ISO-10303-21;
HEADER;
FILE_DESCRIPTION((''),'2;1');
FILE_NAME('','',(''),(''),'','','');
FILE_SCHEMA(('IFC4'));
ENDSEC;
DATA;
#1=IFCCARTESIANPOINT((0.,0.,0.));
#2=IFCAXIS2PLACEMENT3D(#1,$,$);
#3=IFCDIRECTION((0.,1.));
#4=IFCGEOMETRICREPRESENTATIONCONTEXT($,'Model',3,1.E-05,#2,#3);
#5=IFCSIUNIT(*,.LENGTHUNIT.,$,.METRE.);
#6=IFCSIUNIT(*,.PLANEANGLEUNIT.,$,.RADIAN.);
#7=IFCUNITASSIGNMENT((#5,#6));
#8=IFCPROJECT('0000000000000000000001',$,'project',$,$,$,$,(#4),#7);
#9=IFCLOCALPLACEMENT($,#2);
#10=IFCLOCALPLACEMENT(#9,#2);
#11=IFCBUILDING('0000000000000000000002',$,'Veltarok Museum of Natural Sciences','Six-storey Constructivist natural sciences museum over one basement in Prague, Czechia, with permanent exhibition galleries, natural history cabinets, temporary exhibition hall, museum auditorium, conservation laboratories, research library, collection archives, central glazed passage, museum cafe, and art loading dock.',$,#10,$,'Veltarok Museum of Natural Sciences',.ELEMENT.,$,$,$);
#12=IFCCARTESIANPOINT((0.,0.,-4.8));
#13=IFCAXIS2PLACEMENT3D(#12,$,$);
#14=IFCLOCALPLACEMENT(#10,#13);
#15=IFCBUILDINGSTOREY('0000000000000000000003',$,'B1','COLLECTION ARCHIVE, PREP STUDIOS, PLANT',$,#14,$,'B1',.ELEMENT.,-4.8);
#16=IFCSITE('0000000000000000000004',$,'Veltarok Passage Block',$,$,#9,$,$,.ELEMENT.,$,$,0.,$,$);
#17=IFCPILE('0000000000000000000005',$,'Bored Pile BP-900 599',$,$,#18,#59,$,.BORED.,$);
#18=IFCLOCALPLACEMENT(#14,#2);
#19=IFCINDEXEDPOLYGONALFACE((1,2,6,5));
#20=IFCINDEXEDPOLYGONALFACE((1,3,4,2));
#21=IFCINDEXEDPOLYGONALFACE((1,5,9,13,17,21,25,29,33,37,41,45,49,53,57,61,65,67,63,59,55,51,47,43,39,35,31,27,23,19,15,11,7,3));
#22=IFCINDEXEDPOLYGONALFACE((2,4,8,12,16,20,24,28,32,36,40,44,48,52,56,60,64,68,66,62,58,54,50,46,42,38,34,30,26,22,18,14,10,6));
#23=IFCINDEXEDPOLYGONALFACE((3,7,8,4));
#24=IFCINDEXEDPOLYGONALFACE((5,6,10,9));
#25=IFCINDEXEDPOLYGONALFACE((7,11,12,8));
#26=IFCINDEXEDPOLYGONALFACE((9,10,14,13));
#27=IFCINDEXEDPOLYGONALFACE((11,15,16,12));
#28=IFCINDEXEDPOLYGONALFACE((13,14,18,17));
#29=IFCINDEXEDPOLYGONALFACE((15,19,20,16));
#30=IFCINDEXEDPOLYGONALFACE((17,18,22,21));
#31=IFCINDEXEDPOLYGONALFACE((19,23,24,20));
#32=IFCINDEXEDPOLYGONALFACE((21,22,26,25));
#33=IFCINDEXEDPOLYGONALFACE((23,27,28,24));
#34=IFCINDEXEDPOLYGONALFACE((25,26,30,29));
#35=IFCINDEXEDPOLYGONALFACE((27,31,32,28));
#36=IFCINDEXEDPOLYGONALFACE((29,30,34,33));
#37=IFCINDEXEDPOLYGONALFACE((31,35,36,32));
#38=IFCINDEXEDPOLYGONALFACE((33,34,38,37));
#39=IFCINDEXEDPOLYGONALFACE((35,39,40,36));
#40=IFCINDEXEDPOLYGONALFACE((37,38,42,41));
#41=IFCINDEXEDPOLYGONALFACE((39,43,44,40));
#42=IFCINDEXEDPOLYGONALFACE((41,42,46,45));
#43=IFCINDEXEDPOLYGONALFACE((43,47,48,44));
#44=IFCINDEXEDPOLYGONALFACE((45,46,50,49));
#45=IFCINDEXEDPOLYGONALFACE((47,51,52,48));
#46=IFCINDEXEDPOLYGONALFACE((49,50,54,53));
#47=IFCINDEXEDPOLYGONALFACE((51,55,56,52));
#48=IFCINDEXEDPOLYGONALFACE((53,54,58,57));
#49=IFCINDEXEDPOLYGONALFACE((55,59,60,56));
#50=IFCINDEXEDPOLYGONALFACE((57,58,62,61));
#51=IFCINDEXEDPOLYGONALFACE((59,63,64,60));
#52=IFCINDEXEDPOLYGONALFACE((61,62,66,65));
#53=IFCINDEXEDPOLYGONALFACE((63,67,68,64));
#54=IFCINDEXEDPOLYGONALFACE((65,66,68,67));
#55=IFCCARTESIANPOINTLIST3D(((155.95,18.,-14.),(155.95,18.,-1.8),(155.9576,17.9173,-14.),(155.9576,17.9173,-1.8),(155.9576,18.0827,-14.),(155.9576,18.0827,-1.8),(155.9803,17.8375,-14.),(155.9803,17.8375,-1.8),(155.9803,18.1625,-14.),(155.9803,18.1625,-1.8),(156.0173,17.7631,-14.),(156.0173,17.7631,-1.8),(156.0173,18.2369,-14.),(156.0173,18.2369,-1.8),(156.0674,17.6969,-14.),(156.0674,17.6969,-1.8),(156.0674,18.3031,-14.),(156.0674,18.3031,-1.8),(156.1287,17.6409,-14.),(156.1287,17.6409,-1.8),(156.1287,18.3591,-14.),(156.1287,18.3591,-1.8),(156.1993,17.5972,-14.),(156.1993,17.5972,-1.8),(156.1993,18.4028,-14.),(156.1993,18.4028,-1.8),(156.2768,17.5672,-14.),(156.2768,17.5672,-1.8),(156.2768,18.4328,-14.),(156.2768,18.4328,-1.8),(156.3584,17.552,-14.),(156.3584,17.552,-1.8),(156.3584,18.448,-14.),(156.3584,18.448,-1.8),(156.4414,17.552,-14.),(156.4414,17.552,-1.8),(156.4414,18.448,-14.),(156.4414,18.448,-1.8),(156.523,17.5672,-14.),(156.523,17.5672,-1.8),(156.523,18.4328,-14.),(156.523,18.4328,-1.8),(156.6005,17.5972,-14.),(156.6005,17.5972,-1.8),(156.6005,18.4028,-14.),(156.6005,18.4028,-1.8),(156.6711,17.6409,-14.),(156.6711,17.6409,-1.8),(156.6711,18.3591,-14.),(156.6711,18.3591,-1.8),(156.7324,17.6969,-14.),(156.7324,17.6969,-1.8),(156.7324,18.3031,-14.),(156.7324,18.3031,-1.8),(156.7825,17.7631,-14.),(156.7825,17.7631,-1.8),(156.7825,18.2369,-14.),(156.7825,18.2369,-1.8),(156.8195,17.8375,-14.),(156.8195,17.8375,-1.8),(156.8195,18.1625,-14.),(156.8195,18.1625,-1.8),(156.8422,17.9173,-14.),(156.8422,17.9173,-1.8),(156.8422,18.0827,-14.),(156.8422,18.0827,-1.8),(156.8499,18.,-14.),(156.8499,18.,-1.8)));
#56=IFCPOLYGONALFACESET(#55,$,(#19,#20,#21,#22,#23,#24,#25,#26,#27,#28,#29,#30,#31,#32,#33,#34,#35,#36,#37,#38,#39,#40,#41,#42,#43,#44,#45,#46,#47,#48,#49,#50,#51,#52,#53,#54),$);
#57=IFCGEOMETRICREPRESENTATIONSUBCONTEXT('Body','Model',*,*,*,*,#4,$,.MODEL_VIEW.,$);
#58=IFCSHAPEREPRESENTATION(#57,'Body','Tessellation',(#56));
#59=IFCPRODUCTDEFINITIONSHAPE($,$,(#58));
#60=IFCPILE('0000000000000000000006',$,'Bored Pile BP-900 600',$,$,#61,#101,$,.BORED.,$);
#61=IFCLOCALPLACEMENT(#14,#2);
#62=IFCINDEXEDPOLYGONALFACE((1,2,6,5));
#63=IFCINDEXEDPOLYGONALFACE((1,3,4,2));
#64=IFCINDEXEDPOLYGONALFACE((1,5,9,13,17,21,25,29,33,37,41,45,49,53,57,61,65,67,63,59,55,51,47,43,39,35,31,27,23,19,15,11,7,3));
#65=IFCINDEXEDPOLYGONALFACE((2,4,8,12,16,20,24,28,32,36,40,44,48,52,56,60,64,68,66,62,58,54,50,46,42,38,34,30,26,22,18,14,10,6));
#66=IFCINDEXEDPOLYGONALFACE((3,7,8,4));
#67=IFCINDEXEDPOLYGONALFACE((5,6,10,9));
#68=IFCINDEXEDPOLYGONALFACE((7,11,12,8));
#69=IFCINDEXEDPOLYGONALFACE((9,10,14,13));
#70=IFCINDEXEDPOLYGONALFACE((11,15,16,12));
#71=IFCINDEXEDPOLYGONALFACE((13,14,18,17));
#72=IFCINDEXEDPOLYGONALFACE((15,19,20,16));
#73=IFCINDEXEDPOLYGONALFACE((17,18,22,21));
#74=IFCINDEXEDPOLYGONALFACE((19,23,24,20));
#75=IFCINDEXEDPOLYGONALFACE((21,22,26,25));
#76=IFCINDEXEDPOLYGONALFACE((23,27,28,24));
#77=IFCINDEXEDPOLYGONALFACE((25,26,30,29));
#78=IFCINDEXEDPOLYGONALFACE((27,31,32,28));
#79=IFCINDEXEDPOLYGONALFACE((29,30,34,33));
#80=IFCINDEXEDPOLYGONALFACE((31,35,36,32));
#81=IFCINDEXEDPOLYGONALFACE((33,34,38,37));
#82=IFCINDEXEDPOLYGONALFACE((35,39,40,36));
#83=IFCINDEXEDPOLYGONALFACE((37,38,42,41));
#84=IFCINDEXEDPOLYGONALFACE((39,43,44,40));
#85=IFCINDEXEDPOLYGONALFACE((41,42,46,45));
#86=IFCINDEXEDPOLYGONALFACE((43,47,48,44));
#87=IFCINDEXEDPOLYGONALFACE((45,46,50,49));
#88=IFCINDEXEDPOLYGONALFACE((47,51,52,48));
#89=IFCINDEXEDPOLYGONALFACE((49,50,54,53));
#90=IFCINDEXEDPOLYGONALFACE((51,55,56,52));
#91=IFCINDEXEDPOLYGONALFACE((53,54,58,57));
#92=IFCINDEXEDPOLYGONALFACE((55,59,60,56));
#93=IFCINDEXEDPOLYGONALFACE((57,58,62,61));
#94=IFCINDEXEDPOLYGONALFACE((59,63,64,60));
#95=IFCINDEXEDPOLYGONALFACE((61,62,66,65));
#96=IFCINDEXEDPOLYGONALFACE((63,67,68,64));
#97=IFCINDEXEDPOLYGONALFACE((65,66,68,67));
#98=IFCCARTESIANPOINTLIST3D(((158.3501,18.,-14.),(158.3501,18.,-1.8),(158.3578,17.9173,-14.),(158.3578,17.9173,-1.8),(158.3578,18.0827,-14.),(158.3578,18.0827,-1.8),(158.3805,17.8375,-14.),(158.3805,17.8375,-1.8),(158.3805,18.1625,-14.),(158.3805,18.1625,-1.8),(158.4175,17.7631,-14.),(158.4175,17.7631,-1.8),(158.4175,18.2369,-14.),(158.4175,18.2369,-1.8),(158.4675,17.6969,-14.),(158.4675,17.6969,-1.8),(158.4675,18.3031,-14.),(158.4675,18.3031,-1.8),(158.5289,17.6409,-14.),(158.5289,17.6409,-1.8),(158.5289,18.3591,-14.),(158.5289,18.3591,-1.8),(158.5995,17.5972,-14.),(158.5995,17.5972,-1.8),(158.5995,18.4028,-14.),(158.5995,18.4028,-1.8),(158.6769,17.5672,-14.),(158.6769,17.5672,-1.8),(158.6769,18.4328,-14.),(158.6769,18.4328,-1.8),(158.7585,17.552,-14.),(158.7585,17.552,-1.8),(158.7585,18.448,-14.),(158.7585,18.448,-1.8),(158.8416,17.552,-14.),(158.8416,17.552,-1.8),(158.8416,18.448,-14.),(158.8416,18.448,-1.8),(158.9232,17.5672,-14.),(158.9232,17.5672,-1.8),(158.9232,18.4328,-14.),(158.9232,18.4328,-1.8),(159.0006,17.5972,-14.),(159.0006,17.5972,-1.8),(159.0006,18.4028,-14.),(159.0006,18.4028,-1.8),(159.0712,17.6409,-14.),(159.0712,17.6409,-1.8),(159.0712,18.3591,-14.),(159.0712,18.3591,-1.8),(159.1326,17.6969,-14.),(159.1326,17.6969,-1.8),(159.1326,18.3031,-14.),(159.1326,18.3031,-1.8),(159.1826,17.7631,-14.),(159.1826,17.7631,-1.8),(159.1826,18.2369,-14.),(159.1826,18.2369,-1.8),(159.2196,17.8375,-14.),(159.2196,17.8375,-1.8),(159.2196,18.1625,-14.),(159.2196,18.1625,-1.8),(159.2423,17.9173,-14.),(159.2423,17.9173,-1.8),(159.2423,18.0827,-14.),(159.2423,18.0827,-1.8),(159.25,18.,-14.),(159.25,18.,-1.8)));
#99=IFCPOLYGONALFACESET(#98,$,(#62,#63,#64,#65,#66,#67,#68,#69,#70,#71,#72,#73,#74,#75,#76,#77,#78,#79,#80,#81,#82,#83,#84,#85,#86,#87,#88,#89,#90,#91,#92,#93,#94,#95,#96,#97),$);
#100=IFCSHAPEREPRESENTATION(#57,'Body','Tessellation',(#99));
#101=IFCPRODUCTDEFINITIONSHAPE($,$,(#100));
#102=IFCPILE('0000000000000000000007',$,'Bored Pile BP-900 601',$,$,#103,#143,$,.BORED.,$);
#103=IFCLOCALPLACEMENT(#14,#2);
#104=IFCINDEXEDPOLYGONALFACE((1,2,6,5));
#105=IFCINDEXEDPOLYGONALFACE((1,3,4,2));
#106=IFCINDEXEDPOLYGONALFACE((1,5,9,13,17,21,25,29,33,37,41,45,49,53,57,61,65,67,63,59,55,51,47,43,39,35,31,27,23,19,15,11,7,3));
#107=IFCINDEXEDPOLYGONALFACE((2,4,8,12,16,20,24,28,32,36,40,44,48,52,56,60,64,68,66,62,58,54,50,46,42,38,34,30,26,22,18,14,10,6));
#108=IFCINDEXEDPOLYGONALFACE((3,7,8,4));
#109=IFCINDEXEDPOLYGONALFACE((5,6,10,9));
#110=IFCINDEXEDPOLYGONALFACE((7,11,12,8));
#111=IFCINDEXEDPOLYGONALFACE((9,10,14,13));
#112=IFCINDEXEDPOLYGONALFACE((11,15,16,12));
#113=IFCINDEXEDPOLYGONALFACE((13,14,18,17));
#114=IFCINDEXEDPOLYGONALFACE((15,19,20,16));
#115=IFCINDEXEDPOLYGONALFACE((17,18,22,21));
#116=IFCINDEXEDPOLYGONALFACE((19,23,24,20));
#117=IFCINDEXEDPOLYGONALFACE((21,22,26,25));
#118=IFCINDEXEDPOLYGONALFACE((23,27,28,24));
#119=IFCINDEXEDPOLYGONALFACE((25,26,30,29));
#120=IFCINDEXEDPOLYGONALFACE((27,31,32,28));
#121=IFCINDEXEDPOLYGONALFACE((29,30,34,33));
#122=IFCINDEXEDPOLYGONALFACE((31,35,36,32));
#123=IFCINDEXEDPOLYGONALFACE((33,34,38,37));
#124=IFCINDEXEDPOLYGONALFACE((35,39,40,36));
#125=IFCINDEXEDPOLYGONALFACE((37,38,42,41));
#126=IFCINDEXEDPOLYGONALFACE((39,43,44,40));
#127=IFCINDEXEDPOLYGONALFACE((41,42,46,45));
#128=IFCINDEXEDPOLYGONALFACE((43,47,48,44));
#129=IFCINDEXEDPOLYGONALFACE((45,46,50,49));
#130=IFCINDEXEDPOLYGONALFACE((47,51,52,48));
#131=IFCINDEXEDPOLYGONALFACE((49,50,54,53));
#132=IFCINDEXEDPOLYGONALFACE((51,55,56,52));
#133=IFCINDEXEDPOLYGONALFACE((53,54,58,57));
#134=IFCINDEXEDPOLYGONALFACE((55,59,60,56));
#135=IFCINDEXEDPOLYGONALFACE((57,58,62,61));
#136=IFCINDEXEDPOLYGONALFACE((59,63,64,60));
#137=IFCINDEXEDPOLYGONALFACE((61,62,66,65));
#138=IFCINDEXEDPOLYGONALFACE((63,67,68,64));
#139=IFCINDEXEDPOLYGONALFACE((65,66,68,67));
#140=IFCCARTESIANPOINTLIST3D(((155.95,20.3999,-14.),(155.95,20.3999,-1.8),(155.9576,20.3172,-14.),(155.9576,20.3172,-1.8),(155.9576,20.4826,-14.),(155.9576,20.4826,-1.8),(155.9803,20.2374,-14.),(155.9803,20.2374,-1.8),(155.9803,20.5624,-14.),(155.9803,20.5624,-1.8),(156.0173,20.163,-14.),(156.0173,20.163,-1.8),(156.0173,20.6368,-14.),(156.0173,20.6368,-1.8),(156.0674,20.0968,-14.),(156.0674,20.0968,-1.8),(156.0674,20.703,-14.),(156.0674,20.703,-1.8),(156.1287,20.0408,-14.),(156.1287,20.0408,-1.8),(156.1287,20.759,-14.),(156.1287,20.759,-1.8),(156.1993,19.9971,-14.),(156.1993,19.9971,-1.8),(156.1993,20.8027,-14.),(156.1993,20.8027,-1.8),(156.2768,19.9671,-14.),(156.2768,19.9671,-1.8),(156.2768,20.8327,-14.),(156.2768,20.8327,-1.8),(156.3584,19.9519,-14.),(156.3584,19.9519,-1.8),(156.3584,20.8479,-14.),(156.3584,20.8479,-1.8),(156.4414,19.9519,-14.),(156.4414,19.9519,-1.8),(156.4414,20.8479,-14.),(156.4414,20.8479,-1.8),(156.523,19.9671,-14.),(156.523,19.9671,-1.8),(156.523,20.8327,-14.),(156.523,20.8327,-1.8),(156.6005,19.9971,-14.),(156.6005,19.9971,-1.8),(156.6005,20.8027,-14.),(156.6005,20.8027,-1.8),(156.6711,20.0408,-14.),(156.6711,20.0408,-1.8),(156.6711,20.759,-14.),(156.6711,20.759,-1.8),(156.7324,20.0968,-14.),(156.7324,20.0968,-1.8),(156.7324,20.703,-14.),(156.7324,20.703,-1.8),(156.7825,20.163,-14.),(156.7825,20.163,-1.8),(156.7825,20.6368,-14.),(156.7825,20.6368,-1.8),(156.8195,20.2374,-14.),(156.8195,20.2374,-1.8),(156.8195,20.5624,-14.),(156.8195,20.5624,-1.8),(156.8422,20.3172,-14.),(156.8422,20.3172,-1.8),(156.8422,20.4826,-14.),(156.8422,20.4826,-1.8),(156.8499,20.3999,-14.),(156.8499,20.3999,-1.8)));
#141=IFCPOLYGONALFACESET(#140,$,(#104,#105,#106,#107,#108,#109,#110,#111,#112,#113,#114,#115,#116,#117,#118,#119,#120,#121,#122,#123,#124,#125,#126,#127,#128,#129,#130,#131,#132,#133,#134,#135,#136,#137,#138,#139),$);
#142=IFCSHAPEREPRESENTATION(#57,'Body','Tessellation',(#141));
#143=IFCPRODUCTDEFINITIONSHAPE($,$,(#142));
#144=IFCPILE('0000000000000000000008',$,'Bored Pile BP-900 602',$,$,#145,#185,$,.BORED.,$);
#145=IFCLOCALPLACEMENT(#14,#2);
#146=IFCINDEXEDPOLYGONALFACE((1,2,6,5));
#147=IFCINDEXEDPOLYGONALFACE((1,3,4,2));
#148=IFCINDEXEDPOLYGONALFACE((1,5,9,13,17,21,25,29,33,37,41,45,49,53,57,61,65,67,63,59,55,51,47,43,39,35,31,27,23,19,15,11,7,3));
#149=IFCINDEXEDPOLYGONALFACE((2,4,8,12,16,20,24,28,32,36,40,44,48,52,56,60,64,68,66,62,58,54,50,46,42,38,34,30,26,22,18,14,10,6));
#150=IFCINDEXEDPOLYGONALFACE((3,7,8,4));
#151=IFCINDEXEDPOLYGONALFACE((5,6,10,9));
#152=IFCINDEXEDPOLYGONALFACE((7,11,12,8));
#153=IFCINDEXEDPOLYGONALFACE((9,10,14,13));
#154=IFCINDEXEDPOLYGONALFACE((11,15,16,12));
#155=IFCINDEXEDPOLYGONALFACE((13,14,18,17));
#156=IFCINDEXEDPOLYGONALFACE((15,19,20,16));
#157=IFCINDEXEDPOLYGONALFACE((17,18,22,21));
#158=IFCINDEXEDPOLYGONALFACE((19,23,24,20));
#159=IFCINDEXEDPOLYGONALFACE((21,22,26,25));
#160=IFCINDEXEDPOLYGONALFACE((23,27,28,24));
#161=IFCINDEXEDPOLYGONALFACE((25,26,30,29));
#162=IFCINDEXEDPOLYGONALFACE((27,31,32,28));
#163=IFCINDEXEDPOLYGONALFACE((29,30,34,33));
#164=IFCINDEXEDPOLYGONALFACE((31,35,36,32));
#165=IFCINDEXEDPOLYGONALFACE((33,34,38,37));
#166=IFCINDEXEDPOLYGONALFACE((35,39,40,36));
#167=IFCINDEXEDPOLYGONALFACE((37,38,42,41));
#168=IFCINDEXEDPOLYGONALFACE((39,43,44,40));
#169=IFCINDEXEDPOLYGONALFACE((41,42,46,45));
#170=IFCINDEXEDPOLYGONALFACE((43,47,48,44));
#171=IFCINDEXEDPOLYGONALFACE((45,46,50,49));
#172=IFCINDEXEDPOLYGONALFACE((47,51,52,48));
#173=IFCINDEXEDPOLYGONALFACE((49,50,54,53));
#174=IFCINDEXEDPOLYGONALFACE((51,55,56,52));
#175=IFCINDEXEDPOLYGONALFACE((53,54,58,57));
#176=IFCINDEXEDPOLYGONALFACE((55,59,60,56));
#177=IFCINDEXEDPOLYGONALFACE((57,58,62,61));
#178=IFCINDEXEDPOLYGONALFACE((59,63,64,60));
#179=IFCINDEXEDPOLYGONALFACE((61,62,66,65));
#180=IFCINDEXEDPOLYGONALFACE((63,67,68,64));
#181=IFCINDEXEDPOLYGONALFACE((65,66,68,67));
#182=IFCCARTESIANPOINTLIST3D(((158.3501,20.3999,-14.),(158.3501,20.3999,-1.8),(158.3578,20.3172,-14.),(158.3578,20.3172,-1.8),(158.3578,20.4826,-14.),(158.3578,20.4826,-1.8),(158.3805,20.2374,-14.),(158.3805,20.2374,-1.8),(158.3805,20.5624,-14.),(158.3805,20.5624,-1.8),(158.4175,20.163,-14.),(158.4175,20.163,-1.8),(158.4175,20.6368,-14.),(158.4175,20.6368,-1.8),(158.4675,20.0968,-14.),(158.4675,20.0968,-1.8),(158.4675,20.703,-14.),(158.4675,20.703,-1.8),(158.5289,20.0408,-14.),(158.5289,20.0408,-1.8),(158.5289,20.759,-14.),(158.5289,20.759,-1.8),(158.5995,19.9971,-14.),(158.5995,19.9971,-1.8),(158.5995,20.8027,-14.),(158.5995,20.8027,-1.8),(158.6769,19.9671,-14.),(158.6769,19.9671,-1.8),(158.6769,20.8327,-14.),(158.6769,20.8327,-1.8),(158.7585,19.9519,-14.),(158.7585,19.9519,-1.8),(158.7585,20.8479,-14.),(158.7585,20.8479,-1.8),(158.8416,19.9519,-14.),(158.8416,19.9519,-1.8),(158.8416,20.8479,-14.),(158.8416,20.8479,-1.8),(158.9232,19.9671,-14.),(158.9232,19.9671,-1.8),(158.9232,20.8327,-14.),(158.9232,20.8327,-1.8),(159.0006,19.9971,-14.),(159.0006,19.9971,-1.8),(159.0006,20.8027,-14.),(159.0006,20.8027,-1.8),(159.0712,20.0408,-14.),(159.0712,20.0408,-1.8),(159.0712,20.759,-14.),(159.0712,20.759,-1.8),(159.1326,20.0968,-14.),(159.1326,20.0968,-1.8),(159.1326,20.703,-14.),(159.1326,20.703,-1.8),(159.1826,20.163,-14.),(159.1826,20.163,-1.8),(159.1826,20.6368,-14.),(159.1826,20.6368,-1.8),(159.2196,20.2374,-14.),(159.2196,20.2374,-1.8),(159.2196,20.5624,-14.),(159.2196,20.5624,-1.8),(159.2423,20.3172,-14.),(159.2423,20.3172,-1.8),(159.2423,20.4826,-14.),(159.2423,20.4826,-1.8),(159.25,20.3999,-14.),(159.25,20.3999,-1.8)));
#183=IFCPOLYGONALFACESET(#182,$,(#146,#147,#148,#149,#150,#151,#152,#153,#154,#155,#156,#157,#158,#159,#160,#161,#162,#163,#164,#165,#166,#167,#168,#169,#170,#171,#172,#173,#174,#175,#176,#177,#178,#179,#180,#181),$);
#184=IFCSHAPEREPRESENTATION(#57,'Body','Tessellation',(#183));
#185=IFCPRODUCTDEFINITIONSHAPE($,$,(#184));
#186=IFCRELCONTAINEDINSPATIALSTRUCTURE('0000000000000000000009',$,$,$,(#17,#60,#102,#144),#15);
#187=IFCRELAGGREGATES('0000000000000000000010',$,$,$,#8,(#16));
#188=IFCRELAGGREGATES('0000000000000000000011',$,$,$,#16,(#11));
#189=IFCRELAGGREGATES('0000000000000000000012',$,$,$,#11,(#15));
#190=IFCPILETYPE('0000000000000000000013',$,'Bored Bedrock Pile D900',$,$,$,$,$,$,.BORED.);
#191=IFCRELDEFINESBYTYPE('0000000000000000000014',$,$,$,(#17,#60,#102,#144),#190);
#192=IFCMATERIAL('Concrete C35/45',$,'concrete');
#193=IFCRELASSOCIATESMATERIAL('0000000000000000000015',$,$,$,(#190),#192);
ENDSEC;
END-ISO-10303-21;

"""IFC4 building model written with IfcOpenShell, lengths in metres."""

from ifc_helpers import new_model, si_unit, direction, frame, origin, origin_2d, place, context, subcontext, project, spatial, circle, extrude, material, material_profile, profile_set, type_object, element, save


model = new_model("IFC4")

# Units and contexts
model_context = context("Model", 3, precision=1e-05, world=origin(), true_north=direction((0.0, 1.0)))
body_context = subcontext(model_context, "Body", "Model", "MODEL_VIEW")
ifc_project = project(units=[si_unit("LENGTHUNIT", "METRE"), si_unit("PLANEANGLEUNIT", "RADIAN")], contexts=[model_context])

# Site, building, storey
site_placement = place(None, origin())
site = spatial("IfcSite", under=ifc_project, at=site_placement, Name="Veltarok Passage Block", CompositionType="ELEMENT", RefElevation=0.0)
building_placement = place(site_placement, origin())
building = spatial("IfcBuilding", under=site, at=building_placement, Name="Veltarok Museum of Natural Sciences", Description="Six-storey Constructivist natural sciences museum over one basement in Prague, Czechia, with permanent exhibition galleries, natural history cabinets, temporary exhibition hall, museum auditorium, conservation laboratories, research library, collection archives, central glazed passage, museum cafe, and art loading dock.", LongName="Veltarok Museum of Natural Sciences", CompositionType="ELEMENT")
storey_placement = place(building_placement, frame((0.0, 0.0, -4.8)))
storey = spatial("IfcBuildingStorey", under=building, at=storey_placement, Name="B1", Description="COLLECTION ARCHIVE, PREP STUDIOS, PLANT", LongName="B1", CompositionType="ELEMENT", Elevation=-4.8)

# Piles
ifc_material_1 = material(Name="Concrete C35/45", Category="concrete")
ifc_material_profile_1 = material_profile(ifc_material_1, circle(Radius=0.45, at=origin_2d()), Name="BP D900")
ifc_profile_set_1 = profile_set([ifc_material_profile_1], Name="Concrete C35/45")
pile_type_1 = type_object("IfcPileType", Name="Bored Bedrock Pile D900", PredefinedType="BORED", material=ifc_profile_set_1)
for number, where, z_axis, x_axis, name in (
    (1, (156.3999, 18.0, -1.8), (0.0, 0.0, -1.0), (1.0, 0.0, 0.0), "Bored Pile BP-900 599"),
    (2, (158.8, 18.0, -1.8), (0.0, 0.0, -1.0), (1.0, 0.0, 0.0), "Bored Pile BP-900 600"),
    (3, (156.3999, 20.3999, -1.8), (0.0, 0.0, -1.0), (1.0, 0.0, 0.0), "Bored Pile BP-900 601"),
    (4, (158.8, 20.3999, -1.8), (0.0, 0.0, -1.0), (1.0, 0.0, 0.0), "Bored Pile BP-900 602"),
):
    element("IfcPile", number, at=place(storey_placement, frame(where, z_axis=z_axis, x_axis=x_axis)), inside=storey, type_object=pile_type_1, Name=name, PredefinedType="BORED", context=body_context, shape_type="SweptSolid", body=[
        extrude(circle(Radius=0.45, at=origin_2d()), origin(), (0.0, 0.0, 1.0), 12.2),
    ])

save(model, "model.ifc")
